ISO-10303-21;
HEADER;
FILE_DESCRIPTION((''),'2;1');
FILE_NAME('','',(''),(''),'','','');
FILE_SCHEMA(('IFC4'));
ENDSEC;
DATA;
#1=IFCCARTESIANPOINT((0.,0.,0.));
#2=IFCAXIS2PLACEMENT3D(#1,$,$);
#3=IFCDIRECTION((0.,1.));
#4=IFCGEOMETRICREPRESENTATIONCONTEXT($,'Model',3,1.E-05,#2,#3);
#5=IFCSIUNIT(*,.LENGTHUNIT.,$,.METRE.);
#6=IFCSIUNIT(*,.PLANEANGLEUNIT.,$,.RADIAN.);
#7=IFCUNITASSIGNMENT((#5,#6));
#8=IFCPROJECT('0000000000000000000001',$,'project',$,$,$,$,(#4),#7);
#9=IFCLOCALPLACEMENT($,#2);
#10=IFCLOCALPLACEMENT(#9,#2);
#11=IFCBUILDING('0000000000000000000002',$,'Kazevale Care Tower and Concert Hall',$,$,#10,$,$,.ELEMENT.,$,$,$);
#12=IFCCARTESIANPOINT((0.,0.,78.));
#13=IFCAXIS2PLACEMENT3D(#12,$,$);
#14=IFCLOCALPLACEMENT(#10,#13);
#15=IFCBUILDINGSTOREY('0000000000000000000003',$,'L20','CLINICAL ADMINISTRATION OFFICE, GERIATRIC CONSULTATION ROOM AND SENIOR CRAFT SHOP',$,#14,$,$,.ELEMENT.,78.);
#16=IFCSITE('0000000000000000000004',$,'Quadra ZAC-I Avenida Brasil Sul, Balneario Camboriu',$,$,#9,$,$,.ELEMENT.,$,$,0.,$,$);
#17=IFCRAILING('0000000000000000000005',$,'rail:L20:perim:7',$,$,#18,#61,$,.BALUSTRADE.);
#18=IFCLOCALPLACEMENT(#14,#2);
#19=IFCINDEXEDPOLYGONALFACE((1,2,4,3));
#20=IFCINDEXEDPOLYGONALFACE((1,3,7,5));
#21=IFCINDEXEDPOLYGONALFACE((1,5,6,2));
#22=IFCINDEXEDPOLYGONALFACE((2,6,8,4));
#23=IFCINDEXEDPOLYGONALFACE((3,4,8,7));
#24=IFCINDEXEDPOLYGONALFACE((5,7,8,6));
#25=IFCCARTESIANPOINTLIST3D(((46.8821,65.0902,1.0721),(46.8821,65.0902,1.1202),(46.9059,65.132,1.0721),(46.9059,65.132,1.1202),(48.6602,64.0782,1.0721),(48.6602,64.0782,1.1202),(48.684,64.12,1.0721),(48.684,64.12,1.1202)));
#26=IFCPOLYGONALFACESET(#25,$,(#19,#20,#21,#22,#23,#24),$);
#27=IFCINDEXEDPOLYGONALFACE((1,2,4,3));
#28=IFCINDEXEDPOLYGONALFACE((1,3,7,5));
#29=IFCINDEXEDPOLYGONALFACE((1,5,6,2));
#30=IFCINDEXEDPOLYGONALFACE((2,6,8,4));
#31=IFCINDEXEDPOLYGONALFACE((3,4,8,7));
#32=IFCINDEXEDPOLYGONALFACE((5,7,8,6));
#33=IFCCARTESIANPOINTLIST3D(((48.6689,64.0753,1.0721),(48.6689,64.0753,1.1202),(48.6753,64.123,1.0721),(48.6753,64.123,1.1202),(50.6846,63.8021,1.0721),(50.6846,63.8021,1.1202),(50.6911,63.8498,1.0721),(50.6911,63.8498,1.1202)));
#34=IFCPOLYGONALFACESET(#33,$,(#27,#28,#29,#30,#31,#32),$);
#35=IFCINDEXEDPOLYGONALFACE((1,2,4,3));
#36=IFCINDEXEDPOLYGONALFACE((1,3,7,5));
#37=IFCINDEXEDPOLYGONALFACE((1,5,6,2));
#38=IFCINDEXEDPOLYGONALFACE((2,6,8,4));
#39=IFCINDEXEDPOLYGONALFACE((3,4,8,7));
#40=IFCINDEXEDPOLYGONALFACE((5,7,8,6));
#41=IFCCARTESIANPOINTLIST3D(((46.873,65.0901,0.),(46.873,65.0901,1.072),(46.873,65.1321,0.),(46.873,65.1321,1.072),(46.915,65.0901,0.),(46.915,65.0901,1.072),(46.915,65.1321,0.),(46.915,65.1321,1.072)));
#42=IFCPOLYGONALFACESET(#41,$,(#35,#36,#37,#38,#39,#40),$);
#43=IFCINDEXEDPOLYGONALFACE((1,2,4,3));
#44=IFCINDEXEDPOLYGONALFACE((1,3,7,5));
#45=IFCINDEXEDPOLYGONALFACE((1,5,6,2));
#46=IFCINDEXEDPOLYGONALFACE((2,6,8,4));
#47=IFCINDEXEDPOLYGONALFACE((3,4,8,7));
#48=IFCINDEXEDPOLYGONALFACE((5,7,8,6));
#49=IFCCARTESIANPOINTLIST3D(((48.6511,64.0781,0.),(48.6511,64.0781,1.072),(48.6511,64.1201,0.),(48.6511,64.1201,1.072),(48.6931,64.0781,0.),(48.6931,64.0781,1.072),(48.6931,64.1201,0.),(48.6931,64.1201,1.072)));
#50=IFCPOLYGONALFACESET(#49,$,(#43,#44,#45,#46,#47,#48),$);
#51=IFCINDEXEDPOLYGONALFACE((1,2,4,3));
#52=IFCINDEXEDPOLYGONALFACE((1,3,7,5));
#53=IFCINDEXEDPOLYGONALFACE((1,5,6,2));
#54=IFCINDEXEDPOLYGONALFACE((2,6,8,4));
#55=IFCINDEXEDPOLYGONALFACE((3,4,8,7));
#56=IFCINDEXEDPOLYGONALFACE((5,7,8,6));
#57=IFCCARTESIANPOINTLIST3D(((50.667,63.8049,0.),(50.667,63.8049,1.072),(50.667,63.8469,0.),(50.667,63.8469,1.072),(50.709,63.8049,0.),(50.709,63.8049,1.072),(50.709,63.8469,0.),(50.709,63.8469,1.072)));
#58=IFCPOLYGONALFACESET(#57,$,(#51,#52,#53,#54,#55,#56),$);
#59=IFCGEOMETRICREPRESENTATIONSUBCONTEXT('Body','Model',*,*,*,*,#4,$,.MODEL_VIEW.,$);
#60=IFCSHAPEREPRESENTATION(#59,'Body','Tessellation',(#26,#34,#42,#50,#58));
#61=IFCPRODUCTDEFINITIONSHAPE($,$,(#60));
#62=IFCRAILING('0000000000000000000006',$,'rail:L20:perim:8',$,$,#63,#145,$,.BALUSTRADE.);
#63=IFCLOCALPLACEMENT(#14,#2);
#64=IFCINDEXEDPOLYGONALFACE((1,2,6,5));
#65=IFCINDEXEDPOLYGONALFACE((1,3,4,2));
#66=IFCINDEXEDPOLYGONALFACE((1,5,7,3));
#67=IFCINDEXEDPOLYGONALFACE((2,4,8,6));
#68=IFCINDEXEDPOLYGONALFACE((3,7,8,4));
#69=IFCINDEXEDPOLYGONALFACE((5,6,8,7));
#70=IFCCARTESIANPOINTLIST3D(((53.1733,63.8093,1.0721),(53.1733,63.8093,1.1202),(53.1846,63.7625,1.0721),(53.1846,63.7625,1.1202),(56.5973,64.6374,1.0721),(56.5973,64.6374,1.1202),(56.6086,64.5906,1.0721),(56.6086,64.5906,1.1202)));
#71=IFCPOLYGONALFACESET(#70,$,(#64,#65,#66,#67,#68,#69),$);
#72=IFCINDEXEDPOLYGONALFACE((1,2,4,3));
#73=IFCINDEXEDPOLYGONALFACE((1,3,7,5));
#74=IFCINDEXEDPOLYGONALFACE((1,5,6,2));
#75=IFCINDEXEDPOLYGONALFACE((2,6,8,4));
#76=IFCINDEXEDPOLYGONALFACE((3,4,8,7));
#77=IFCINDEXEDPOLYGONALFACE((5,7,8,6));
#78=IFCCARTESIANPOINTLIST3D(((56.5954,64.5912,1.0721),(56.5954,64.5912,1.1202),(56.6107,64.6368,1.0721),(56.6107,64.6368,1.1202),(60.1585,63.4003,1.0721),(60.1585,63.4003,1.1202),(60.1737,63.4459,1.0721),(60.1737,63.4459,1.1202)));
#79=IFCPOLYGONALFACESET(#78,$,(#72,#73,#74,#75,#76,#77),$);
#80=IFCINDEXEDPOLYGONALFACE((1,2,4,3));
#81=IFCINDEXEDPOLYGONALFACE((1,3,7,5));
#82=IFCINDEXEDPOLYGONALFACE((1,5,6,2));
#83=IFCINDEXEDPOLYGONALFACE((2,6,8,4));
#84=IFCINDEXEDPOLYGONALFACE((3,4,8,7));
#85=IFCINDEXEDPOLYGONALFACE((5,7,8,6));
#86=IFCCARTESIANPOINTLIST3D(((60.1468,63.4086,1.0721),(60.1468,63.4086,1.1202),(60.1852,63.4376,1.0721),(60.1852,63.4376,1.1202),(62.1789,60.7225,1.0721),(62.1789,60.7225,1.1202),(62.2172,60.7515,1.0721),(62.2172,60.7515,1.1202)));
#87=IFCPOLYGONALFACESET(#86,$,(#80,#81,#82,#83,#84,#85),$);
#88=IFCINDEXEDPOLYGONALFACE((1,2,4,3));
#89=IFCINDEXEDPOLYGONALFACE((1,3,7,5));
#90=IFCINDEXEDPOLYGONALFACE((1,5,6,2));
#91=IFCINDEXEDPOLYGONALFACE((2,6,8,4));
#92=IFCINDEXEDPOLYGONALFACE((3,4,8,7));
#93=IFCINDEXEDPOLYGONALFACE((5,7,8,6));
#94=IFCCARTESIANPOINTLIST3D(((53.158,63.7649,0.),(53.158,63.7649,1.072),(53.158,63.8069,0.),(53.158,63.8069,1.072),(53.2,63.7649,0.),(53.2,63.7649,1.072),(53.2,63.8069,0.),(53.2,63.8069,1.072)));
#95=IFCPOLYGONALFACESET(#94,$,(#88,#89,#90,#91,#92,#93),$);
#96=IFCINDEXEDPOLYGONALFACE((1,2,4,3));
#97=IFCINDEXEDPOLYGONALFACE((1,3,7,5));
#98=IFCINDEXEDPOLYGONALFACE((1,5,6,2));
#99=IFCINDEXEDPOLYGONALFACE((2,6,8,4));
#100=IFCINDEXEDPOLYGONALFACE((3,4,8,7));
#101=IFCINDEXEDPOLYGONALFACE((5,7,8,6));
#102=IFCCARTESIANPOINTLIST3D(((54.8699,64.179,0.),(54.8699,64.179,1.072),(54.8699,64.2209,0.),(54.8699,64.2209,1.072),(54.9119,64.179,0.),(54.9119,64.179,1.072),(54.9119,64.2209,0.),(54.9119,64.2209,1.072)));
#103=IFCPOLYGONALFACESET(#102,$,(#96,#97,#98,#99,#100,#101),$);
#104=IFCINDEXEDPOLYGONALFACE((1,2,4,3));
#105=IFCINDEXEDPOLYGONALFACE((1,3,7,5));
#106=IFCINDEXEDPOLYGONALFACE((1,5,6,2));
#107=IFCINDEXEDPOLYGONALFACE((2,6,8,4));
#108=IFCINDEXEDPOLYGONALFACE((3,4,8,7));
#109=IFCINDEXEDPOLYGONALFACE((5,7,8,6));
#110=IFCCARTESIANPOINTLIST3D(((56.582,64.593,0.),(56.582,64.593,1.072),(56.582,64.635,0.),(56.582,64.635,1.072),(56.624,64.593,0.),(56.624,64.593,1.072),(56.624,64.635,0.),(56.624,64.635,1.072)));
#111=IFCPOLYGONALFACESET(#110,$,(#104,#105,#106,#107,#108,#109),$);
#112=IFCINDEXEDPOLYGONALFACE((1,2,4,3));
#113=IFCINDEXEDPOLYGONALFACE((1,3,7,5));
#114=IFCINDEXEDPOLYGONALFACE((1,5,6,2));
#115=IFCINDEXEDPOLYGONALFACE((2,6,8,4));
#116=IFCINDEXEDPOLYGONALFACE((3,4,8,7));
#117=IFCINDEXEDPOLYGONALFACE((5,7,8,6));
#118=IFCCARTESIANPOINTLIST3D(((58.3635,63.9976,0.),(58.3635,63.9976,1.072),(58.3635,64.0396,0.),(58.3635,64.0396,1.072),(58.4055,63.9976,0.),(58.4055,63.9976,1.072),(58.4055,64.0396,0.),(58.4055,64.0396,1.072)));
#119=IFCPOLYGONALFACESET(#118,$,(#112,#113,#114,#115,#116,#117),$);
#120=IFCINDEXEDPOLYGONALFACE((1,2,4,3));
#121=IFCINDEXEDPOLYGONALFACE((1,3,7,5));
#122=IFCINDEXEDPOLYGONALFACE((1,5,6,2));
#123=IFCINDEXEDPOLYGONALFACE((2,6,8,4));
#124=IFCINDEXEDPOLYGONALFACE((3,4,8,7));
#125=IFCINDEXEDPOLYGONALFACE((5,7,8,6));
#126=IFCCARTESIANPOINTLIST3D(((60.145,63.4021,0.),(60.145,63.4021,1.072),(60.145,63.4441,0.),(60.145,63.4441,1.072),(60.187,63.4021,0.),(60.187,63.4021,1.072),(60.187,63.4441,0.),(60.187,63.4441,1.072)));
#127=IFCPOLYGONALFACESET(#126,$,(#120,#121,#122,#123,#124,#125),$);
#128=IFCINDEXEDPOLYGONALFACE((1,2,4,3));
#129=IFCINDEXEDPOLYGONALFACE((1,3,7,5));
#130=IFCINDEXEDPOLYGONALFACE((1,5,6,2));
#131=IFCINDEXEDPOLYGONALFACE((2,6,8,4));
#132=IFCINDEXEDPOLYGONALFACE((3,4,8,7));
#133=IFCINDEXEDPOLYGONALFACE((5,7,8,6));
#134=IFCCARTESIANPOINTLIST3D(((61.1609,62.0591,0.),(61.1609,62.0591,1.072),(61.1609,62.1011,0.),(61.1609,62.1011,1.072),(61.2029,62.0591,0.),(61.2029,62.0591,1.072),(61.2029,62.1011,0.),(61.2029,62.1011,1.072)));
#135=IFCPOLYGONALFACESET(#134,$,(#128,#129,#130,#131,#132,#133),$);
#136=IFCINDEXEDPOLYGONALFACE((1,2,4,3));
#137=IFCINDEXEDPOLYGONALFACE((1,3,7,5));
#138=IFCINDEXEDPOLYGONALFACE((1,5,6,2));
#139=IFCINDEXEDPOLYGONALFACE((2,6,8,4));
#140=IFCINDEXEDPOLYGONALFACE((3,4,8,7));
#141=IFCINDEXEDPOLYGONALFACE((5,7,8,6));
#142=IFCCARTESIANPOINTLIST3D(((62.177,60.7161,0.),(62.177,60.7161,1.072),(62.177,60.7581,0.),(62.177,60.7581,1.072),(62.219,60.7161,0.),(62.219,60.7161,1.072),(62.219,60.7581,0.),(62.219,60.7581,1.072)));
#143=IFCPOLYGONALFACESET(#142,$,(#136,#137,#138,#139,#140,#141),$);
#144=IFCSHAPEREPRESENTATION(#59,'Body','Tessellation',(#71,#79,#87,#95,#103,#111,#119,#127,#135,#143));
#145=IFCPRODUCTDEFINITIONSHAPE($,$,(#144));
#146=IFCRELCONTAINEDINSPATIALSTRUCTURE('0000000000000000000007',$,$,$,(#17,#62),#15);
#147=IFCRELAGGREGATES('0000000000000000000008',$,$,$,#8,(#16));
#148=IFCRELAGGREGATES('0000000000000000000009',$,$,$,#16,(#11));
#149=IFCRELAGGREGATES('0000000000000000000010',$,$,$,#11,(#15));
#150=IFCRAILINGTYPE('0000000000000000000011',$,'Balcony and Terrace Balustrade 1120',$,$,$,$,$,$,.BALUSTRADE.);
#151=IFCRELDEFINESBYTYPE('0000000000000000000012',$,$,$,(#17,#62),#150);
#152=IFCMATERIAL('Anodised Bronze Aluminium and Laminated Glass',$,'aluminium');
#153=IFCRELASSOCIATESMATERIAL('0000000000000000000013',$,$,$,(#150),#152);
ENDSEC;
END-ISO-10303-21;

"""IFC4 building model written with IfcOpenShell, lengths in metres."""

from ifc_helpers import new_model, si_unit, direction, frame, origin, origin_2d, place, context, subcontext, project, spatial, rectangle, extrude, material, type_object, element, save


model = new_model("IFC4")

# Units and contexts
model_context = context("Model", 3, precision=1e-05, world=origin(), true_north=direction((0.0, 1.0)))
body_context = subcontext(model_context, "Body", "Model", "MODEL_VIEW")
ifc_project = project(units=[si_unit("LENGTHUNIT", "METRE"), si_unit("PLANEANGLEUNIT", "RADIAN")], contexts=[model_context])

# Site, building, storey
site_placement = place(None, origin())
site = spatial("IfcSite", under=ifc_project, at=site_placement, Name="Quadra ZAC-I Avenida Brasil Sul, Balneario Camboriu", CompositionType="ELEMENT", RefElevation=0.0)
building_placement = place(site_placement, origin())
building = spatial("IfcBuilding", under=site, at=building_placement, Name="Kazevale Care Tower and Concert Hall", CompositionType="ELEMENT")
storey_placement = place(building_placement, frame((0.0, 0.0, 78.0)))
storey = spatial("IfcBuildingStorey", under=building, at=storey_placement, Name="L20", Description="CLINICAL ADMINISTRATION OFFICE, GERIATRIC CONSULTATION ROOM AND SENIOR CRAFT SHOP", CompositionType="ELEMENT", Elevation=78.0)

# Railings
ifc_material_1 = material(Name="Anodised Bronze Aluminium and Laminated Glass", Category="aluminium")
railing_type = type_object("IfcRailingType", Name="Balcony and Terrace Balustrade 1120", PredefinedType="BALUSTRADE", material=ifc_material_1)
railing_1_placement = place(storey_placement, frame((46.894, 65.1111, 0.0)))
element("IfcRailing", 1, at=railing_1_placement, inside=storey, type_object=railing_type, Name="rail:L20:perim:7", PredefinedType="BALUSTRADE", context=body_context, shape_type="SweptSolid", body=[
    extrude(rectangle(XDim=0.0481, YDim=0.0481, at=origin_2d()), frame((0.0, 0.0, 1.0962), z_axis=(0.869101, -0.494635, 0.0), x_axis=(0.494635, 0.869101, 0.0)), (0.0, 0.0, 1.0), 2.0459),
    extrude(rectangle(XDim=0.0481, YDim=0.0481, at=origin_2d()), frame((1.7781, -1.012, 1.0962), z_axis=(0.990942, -0.134294, 0.0), x_axis=(0.134294, 0.990942, 0.0)), (0.0, 0.0, 1.0), 2.0342),
    extrude(rectangle(XDim=0.042, YDim=0.042, at=origin_2d()), origin(), (0.0, 0.0, 1.0), 1.072),
    extrude(rectangle(XDim=0.042, YDim=0.042, at=origin_2d()), frame((1.7781, -1.012, 0.0)), (0.0, 0.0, 1.0), 1.072),
    extrude(rectangle(XDim=0.042, YDim=0.042, at=origin_2d()), frame((3.7939, -1.2852, 0.0)), (0.0, 0.0, 1.0), 1.072),
])
railing_2_placement = place(storey_placement, frame((53.179, 63.7859, 0.0)))
element("IfcRailing", 2, at=railing_2_placement, inside=storey, type_object=railing_type, Name="rail:L20:perim:8", PredefinedType="BALUSTRADE", context=body_context, shape_type="SweptSolid", body=[
    extrude(rectangle(XDim=0.0481, YDim=0.0481, at=origin_2d()), frame((0.0, 0.0, 1.0962), z_axis=(0.971977, 0.235076, 0.0), x_axis=(-0.235076, 0.971977, 0.0)), (0.0, 0.0, 1.0), 3.5227),
    extrude(rectangle(XDim=0.0481, YDim=0.0481, at=origin_2d()), frame((3.4241, 0.8281, 1.0962), z_axis=(0.948423, -0.317008, 0.0), x_axis=(0.317008, 0.948423, 0.0)), (0.0, 0.0, 1.0), 3.7568),
    extrude(rectangle(XDim=0.0481, YDim=0.0481, at=origin_2d()), frame((6.9871, -0.3628, 1.0962), z_axis=(0.603312, -0.797505, 0.0), x_axis=(0.797505, 0.603312, 0.0)), (0.0, 0.0, 1.0), 3.3682),
    extrude(rectangle(XDim=0.042, YDim=0.042, at=origin_2d()), origin(), (0.0, 0.0, 1.0), 1.072),
    extrude(rectangle(XDim=0.042, YDim=0.042, at=origin_2d()), frame((1.7119, 0.4141, 0.0)), (0.0, 0.0, 1.0), 1.072),
    extrude(rectangle(XDim=0.042, YDim=0.042, at=origin_2d()), frame((3.4241, 0.8281, 0.0)), (0.0, 0.0, 1.0), 1.072),
    extrude(rectangle(XDim=0.042, YDim=0.042, at=origin_2d()), frame((5.2056, 0.2327, 0.0)), (0.0, 0.0, 1.0), 1.072),
    extrude(rectangle(XDim=0.042, YDim=0.042, at=origin_2d()), frame((6.9871, -0.3628, 0.0)), (0.0, 0.0, 1.0), 1.072),
    extrude(rectangle(XDim=0.042, YDim=0.042, at=origin_2d()), frame((8.0029, -1.7058, 0.0)), (0.0, 0.0, 1.0), 1.072),
    extrude(rectangle(XDim=0.042, YDim=0.042, at=origin_2d()), frame((9.019, -3.0488, 0.0)), (0.0, 0.0, 1.0), 1.072),
])

save(model, "model.ifc")
